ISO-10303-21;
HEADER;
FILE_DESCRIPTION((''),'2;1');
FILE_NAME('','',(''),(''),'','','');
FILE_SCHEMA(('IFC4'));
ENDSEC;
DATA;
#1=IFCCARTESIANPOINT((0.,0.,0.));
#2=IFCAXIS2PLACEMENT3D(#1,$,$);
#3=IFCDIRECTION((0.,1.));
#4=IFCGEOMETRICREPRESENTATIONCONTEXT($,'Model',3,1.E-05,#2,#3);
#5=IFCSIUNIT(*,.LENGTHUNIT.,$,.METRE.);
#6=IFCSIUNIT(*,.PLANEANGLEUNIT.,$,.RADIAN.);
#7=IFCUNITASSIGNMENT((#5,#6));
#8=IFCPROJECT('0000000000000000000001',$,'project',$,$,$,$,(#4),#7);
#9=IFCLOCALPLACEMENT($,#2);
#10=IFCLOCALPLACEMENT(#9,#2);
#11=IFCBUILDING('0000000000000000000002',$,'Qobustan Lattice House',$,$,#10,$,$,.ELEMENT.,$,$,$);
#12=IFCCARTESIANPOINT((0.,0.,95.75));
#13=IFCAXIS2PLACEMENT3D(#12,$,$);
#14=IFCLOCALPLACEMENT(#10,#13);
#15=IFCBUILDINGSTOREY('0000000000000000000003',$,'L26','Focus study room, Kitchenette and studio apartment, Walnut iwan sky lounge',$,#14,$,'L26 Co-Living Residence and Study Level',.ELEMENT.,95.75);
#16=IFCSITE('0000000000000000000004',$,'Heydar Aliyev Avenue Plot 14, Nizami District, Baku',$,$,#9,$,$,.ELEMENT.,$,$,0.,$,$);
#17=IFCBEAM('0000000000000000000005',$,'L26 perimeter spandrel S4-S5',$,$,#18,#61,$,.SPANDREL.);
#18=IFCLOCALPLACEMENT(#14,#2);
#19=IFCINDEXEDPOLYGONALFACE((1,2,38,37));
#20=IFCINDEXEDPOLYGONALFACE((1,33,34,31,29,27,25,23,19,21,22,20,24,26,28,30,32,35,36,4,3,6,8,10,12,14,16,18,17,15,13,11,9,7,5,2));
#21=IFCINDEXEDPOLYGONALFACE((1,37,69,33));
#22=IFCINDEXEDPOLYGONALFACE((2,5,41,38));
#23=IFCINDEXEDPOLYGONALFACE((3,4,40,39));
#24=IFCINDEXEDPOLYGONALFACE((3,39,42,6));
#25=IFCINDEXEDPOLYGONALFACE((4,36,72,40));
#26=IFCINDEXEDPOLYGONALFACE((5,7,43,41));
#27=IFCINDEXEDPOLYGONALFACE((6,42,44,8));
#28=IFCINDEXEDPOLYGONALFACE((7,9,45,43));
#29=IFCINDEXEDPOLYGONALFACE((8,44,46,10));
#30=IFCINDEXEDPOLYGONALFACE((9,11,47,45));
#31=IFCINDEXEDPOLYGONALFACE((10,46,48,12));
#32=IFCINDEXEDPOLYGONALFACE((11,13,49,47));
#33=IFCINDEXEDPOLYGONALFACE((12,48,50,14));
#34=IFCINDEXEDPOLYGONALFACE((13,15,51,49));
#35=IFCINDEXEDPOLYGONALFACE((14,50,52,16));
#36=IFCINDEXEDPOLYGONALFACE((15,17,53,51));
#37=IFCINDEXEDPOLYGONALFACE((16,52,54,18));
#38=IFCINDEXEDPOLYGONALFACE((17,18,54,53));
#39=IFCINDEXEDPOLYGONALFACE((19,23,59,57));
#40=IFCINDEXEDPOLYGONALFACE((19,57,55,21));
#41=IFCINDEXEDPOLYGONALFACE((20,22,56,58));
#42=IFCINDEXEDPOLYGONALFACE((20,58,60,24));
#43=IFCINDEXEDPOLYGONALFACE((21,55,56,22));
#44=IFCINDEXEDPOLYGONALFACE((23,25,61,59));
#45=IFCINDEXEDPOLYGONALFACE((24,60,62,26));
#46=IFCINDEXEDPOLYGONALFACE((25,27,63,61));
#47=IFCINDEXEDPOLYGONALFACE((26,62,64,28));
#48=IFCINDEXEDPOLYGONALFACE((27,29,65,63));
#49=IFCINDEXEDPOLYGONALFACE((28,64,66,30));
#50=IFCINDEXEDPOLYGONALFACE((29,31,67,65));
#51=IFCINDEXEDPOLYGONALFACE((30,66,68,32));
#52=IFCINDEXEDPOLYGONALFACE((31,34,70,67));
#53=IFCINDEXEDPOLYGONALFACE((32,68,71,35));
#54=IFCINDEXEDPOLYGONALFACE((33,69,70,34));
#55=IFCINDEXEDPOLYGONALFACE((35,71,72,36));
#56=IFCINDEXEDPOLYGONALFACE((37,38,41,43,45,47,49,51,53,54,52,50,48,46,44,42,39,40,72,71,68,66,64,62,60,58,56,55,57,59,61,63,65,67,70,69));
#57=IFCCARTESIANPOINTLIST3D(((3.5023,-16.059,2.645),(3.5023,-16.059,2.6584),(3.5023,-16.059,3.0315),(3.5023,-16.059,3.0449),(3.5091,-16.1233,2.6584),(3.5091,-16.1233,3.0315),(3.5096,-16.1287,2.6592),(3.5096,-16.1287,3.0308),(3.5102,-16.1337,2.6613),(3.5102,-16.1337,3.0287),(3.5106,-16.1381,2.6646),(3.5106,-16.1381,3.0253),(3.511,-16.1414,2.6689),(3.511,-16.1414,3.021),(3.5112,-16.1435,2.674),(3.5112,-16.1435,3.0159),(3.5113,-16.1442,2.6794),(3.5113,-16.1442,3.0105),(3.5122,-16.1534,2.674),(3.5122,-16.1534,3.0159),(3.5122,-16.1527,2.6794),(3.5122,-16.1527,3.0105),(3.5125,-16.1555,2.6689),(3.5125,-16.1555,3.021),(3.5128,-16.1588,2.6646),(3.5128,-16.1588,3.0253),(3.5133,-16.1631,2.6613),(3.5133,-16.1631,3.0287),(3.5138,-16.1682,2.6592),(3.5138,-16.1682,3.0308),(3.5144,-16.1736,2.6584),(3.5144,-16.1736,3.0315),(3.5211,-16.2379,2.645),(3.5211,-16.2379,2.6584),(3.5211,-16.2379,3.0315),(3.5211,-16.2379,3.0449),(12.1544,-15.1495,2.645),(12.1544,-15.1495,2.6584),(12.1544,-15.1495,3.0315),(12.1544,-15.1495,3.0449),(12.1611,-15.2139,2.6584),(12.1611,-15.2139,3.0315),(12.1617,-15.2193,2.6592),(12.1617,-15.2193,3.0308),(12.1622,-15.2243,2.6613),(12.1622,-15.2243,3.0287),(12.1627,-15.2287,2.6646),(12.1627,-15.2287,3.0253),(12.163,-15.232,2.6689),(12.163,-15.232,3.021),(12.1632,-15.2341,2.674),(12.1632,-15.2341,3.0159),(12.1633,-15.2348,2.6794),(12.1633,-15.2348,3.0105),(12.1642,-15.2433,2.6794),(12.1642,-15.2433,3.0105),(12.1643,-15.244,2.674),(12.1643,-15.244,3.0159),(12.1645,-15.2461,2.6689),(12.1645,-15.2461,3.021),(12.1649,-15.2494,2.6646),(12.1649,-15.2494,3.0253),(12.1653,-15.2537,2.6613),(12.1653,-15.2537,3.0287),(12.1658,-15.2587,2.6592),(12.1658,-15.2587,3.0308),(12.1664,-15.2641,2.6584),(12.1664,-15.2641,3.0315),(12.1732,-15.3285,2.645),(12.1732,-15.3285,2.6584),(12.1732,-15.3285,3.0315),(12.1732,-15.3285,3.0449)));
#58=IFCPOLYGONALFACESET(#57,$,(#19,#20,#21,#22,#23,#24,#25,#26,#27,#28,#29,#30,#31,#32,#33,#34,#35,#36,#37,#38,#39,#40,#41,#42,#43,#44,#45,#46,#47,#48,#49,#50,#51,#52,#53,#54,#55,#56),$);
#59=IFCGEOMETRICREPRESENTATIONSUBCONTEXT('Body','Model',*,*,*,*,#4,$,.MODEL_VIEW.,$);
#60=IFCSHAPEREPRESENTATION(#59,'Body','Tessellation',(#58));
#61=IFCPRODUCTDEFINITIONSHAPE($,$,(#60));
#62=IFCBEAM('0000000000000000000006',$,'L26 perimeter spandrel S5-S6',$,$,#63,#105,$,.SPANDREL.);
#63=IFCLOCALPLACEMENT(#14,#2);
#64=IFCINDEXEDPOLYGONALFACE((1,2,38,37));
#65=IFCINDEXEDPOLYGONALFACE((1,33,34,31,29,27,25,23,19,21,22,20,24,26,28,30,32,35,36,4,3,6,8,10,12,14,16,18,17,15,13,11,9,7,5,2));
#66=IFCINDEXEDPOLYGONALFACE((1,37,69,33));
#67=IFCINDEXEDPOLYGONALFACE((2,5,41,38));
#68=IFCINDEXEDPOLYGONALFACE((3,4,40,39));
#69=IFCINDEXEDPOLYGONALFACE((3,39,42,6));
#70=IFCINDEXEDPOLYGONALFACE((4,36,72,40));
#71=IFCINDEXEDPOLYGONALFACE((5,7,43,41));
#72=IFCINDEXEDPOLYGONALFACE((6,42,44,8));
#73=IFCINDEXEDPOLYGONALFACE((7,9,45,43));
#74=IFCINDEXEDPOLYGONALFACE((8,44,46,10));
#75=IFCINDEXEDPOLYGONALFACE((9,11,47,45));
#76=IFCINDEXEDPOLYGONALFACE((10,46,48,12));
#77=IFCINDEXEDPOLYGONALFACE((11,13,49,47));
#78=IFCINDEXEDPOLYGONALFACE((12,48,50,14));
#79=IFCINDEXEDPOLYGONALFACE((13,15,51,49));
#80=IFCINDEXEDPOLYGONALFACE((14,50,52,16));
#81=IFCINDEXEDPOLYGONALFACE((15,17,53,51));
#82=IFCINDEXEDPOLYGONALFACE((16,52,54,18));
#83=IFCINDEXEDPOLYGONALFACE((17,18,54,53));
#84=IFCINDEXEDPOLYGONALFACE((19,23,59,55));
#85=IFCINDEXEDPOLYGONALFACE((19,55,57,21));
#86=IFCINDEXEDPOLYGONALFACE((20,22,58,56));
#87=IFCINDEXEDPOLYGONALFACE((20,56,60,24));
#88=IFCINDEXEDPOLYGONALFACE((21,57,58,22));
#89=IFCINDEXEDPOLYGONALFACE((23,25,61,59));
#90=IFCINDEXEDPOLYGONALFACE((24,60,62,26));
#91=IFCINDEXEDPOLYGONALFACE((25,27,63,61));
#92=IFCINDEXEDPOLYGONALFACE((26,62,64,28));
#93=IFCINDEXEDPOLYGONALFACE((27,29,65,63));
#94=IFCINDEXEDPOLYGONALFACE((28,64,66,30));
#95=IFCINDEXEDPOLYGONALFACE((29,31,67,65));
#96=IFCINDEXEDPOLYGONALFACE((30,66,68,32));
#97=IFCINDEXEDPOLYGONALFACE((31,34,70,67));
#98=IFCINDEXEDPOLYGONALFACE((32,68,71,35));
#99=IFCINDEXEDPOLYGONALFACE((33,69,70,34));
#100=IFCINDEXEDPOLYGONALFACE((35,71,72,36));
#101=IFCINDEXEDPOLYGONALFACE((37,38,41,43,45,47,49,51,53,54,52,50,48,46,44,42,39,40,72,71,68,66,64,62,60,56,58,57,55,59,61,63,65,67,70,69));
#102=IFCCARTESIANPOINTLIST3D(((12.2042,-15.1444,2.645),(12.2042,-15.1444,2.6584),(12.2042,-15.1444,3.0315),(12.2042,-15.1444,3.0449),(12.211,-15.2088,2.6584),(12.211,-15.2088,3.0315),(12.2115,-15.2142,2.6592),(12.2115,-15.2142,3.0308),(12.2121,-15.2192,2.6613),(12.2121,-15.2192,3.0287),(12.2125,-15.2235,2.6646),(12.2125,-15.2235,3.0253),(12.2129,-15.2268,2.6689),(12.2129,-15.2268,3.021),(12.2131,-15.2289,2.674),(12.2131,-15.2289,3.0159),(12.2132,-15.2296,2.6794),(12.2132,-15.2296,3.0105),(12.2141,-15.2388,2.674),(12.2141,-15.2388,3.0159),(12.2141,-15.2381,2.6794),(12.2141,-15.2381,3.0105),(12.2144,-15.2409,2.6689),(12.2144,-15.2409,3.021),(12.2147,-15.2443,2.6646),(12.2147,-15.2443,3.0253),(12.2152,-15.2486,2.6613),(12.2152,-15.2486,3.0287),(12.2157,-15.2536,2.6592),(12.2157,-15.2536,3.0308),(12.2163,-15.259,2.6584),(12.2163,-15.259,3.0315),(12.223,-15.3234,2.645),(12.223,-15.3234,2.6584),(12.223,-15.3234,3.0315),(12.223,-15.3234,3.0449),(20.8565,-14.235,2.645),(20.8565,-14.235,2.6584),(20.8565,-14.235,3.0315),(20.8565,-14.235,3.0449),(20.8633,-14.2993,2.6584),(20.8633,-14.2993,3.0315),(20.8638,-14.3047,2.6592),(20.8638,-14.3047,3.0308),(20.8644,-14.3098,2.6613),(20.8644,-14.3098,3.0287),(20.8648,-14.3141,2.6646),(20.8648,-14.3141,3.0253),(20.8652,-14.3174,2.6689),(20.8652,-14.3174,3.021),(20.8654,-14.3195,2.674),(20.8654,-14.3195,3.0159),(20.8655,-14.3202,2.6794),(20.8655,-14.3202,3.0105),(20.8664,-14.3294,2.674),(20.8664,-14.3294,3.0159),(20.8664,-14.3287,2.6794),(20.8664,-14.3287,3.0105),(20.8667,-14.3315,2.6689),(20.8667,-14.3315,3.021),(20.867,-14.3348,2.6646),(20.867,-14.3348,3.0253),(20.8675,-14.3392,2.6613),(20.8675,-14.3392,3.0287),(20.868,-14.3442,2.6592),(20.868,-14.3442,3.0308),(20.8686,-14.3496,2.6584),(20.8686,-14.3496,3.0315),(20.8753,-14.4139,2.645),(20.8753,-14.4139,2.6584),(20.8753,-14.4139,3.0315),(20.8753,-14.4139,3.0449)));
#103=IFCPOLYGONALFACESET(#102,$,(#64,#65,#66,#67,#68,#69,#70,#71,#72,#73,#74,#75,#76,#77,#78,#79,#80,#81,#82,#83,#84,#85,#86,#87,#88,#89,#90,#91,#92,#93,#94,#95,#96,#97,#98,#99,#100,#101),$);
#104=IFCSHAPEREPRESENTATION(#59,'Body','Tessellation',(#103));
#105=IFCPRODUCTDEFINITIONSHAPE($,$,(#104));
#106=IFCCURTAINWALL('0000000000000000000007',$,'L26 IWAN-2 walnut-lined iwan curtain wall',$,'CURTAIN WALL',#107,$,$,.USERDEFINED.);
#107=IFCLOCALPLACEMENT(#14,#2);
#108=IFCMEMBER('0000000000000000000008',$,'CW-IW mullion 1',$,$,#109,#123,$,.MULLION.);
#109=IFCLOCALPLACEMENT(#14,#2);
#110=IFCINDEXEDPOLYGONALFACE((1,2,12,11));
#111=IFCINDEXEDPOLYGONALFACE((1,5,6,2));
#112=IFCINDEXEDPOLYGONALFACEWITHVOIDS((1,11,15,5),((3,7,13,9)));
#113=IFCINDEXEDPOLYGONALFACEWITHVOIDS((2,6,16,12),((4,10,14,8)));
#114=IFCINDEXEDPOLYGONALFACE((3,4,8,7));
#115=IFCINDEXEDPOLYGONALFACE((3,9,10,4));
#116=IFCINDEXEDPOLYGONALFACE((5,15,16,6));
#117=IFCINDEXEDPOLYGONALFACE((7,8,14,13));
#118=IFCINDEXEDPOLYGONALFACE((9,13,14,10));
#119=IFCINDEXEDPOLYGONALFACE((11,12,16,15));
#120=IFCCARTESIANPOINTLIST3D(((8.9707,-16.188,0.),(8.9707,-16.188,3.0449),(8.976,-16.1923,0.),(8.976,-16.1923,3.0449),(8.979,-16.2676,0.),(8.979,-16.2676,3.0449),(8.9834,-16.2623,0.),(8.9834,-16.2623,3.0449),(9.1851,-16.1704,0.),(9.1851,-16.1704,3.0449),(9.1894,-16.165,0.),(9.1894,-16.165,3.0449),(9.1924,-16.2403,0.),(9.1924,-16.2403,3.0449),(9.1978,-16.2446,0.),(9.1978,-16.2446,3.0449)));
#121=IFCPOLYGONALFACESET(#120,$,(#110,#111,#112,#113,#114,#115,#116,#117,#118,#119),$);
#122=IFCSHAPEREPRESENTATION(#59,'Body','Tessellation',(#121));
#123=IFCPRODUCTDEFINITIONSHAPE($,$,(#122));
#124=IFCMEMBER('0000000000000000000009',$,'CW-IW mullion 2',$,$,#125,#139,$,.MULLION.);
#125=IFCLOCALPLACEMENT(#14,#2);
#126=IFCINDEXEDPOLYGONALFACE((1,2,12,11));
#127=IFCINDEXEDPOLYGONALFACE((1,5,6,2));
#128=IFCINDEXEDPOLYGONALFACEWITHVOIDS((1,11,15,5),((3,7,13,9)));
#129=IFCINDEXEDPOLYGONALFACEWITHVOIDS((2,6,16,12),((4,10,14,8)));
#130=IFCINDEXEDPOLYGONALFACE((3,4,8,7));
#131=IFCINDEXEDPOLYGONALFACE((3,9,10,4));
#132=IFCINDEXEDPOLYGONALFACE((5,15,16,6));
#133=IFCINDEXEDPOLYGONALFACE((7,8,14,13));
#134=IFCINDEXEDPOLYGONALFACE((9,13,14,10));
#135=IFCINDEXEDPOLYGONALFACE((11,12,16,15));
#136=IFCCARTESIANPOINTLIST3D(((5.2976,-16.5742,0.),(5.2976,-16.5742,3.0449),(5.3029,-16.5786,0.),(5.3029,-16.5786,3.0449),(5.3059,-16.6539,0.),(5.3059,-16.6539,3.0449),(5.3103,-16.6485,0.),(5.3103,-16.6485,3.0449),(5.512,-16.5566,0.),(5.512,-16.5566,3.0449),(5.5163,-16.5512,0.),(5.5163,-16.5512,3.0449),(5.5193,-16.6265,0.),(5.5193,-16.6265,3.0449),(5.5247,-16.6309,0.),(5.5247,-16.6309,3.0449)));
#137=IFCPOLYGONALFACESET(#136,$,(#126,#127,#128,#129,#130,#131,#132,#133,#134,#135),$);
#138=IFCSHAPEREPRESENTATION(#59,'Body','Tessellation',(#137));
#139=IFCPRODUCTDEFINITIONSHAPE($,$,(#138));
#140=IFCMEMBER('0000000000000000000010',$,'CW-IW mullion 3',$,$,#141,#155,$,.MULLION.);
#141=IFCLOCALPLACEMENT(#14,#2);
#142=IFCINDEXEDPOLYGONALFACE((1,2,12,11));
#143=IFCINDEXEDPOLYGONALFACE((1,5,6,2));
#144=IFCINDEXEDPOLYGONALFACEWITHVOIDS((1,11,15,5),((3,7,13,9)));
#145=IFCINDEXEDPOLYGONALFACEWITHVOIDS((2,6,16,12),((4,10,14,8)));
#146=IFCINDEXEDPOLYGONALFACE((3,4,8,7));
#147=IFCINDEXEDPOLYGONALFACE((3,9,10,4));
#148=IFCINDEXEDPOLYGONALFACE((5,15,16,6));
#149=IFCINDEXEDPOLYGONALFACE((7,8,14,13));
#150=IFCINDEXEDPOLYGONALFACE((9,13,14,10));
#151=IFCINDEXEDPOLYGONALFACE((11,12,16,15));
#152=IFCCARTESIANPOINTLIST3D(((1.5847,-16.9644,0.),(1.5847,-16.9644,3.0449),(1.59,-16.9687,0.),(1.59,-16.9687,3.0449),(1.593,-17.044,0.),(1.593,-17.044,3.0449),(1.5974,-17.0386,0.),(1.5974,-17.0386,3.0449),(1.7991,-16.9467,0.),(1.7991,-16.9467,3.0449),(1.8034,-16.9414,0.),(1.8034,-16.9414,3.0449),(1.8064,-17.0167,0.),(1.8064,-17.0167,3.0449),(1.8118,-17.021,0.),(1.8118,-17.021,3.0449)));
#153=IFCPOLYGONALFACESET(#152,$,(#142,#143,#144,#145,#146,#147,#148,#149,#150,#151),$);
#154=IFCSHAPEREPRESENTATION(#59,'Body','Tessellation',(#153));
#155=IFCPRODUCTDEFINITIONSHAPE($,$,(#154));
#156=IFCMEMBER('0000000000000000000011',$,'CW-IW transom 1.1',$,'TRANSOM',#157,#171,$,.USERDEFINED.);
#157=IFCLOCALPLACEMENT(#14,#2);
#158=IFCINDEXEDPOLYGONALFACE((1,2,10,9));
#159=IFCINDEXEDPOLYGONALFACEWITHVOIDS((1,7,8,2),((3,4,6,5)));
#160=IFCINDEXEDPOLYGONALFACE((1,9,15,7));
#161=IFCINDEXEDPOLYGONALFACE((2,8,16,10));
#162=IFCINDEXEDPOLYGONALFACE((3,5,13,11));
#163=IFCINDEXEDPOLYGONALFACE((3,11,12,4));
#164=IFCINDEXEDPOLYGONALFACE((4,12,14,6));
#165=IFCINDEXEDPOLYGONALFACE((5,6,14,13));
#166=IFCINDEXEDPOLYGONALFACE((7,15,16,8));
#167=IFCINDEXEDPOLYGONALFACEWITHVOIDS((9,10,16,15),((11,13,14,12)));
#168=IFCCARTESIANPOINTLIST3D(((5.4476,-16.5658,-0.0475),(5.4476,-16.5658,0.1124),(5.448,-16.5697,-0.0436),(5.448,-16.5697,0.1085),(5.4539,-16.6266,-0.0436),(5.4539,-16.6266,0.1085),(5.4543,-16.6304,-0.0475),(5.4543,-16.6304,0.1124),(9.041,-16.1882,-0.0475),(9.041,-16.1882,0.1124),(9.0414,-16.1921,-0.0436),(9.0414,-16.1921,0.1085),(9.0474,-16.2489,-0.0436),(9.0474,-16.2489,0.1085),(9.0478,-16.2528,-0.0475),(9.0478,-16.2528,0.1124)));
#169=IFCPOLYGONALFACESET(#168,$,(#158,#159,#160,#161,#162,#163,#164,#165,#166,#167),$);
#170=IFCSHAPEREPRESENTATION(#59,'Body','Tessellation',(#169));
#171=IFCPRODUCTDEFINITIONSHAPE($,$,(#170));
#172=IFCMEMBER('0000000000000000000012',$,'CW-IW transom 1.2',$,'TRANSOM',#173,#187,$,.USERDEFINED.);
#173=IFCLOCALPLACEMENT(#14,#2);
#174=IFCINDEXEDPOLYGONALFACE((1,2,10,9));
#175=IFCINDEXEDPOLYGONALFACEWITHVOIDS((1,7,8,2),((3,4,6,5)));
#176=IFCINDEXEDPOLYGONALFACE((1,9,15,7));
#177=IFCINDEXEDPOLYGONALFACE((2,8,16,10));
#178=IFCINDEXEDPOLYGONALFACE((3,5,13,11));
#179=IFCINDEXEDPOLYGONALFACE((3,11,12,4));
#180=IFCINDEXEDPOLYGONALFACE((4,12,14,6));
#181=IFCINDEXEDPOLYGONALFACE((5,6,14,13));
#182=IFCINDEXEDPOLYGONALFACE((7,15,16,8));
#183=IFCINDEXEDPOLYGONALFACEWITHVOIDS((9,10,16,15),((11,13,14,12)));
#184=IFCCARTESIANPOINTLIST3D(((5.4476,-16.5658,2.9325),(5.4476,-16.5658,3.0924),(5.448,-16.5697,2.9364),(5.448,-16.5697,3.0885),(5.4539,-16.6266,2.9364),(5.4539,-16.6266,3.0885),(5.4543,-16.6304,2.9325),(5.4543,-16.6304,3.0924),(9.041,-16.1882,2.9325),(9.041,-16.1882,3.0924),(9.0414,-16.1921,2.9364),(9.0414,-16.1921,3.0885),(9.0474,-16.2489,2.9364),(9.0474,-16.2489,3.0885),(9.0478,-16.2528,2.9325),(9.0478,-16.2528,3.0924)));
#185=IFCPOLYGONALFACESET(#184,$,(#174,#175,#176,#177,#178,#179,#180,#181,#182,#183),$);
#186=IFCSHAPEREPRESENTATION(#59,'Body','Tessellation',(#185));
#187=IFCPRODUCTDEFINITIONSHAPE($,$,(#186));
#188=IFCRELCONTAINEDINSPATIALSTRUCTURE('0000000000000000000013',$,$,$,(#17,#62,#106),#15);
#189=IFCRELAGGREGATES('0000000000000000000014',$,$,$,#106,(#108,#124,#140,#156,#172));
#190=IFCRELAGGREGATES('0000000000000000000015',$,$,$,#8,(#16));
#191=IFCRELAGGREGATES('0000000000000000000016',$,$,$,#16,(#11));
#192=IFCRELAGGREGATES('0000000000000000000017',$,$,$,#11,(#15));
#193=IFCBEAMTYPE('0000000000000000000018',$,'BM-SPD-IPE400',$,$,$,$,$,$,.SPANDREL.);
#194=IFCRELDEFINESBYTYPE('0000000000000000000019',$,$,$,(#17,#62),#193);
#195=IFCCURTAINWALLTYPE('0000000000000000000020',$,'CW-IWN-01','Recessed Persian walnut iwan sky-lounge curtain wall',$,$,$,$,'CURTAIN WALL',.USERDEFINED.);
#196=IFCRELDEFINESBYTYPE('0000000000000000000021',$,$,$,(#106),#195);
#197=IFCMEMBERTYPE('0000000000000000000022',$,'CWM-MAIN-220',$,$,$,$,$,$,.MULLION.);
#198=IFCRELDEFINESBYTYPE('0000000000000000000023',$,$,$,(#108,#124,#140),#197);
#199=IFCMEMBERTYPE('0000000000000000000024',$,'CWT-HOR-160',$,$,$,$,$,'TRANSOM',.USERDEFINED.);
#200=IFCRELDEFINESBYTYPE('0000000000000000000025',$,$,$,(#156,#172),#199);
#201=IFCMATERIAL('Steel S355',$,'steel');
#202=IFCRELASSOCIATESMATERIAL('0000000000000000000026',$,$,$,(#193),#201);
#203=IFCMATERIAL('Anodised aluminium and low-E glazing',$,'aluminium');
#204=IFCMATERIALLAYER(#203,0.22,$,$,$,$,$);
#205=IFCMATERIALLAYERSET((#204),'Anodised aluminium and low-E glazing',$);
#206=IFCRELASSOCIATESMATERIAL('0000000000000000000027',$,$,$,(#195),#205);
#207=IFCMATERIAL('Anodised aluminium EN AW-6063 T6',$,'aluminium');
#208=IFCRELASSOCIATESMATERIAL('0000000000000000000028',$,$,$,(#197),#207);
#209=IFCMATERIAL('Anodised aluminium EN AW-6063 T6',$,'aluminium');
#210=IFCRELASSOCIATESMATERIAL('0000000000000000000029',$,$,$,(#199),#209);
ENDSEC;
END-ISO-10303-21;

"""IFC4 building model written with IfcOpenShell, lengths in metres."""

from ifc_helpers import new_model, si_unit, direction, frame, origin, origin_2d, place, context, subcontext, project, spatial, hollow_rectangle, i_section, extrude, material, layer, layer_set, material_profile, profile_set, type_object, element, aggregate, save


model = new_model("IFC4")

# Units and contexts
model_context = context("Model", 3, precision=1e-05, world=origin(), true_north=direction((0.0, 1.0)))
body_context = subcontext(model_context, "Body", "Model", "MODEL_VIEW")
ifc_project = project(units=[si_unit("LENGTHUNIT", "METRE"), si_unit("PLANEANGLEUNIT", "RADIAN")], contexts=[model_context])

# Site, building, storey
site_placement = place(None, origin())
site = spatial("IfcSite", under=ifc_project, at=site_placement, Name="Heydar Aliyev Avenue Plot 14, Nizami District, Baku", CompositionType="ELEMENT", RefElevation=0.0)
building_placement = place(site_placement, origin())
building = spatial("IfcBuilding", under=site, at=building_placement, Name="Qobustan Lattice House", CompositionType="ELEMENT")
storey_placement = place(building_placement, frame((0.0, 0.0, 95.75)))
storey = spatial("IfcBuildingStorey", under=building, at=storey_placement, Name="L26", Description="Focus study room, Kitchenette and studio apartment, Walnut iwan sky lounge", LongName="L26 Co-Living Residence and Study Level", CompositionType="ELEMENT", Elevation=95.75)

# Beams
ifc_material_1 = material(Name="Steel S355", Category="steel")
ifc_material_profile_1 = material_profile(ifc_material_1, i_section(OverallWidth=0.1799, OverallDepth=0.3999, WebThickness=0.0085, FlangeThickness=0.0134, FilletRadius=0.021, at=origin_2d()), Name="IPE400")
ifc_profile_set_1 = profile_set([ifc_material_profile_1], Name="Steel S355")
beam_type_1 = type_object("IfcBeamType", Name="BM-SPD-IPE400", PredefinedType="SPANDREL", material=ifc_profile_set_1)
beam_1_placement = place(storey_placement, frame((3.5117, -16.1484, 2.845), z_axis=(0.994521, 0.104534, 0.0), x_axis=(-0.104534, 0.994521, 0.0)))
element("IfcBeam", 1, at=beam_1_placement, inside=storey, type_object=beam_type_1, Name="L26 perimeter spandrel S4-S5", PredefinedType="SPANDREL", context=body_context, shape_type="SweptSolid", body=[
    extrude(i_section(OverallWidth=0.1799, OverallDepth=0.3999, WebThickness=0.0085, FlangeThickness=0.0134, FilletRadius=0.021, at=origin_2d()), origin(), (0.0, 0.0, 1.0), 8.6997),
])
beam_2_placement = place(storey_placement, frame((12.2136, -15.2339, 2.845), z_axis=(0.994522, 0.104531, 0.0), x_axis=(-0.104531, 0.994522, 0.0)))
element("IfcBeam", 2, at=beam_2_placement, inside=storey, type_object=beam_type_1, Name="L26 perimeter spandrel S5-S6", PredefinedType="SPANDREL", context=body_context, shape_type="SweptSolid", body=[
    extrude(i_section(OverallWidth=0.1799, OverallDepth=0.3999, WebThickness=0.0085, FlangeThickness=0.0134, FilletRadius=0.021, at=origin_2d()), origin(), (0.0, 0.0, 1.0), 8.7),
])

# Curtain wall, members
ifc_material_2 = material(Name="Anodised aluminium and low-E glazing", Category="aluminium")
ifc_layer_1 = layer(ifc_material_2, 0.22)
ifc_layer_set_1 = layer_set([ifc_layer_1], Name="Anodised aluminium and low-E glazing")
curtain_wall_type = type_object("IfcCurtainWallType", Name="CW-IWN-01", Description="Recessed Persian walnut iwan sky-lounge curtain wall", ElementType="CURTAIN WALL", PredefinedType="USERDEFINED", material=ifc_layer_set_1)
curtain_wall_placement = place(storey_placement, origin())
curtain_wall = element("IfcCurtainWall", 3, at=curtain_wall_placement, inside=storey, type_object=curtain_wall_type, Name="L26 IWAN-2 walnut-lined iwan curtain wall", ObjectType="CURTAIN WALL", PredefinedType="USERDEFINED")
ifc_material_3 = material(Name="Anodised aluminium EN AW-6063 T6", Category="aluminium")
ifc_material_profile_2 = material_profile(ifc_material_3, hollow_rectangle(XDim=0.0801, YDim=0.22, WallThickness=0.0049, at=origin_2d()), Name="CWM-220x80")
ifc_profile_set_2 = profile_set([ifc_material_profile_2], Name="Anodised aluminium EN AW-6063 T6")
member_type_1 = type_object("IfcMemberType", Name="CWM-MAIN-220", PredefinedType="MULLION", material=ifc_profile_set_2)
member_1_placement = place(storey_placement, frame((9.0842, -16.2163, 0.0), z_axis=(0.0, 0.0, 1.0), x_axis=(0.104526, -0.994522, 0.0)))
member_1 = element("IfcMember", 4, at=member_1_placement, type_object=member_type_1, Name="CW-IW mullion 1", PredefinedType="MULLION", context=body_context, shape_type="SweptSolid", body=[
    extrude(hollow_rectangle(XDim=0.0801, YDim=0.22, WallThickness=0.0049, at=origin_2d()), origin(), (0.0, 0.0, 1.0), 3.0449),
])
member_2_placement = place(storey_placement, frame((5.4111, -16.6025, 0.0), z_axis=(0.0, 0.0, 1.0), x_axis=(0.104526, -0.994522, 0.0)))
member_2 = element("IfcMember", 5, at=member_2_placement, type_object=member_type_1, Name="CW-IW mullion 2", PredefinedType="MULLION", context=body_context, shape_type="SweptSolid", body=[
    extrude(hollow_rectangle(XDim=0.0801, YDim=0.22, WallThickness=0.0049, at=origin_2d()), origin(), (0.0, 0.0, 1.0), 3.0449),
])
member_3_placement = place(storey_placement, frame((1.6982, -16.9927, 0.0), z_axis=(0.0, 0.0, 1.0), x_axis=(0.104526, -0.994522, 0.0)))
member_3 = element("IfcMember", 6, at=member_3_placement, type_object=member_type_1, Name="CW-IW mullion 3", PredefinedType="MULLION", context=body_context, shape_type="SweptSolid", body=[
    extrude(hollow_rectangle(XDim=0.0801, YDim=0.22, WallThickness=0.0049, at=origin_2d()), origin(), (0.0, 0.0, 1.0), 3.0449),
])
ifc_material_4 = material(Name="Anodised aluminium EN AW-6063 T6", Category="aluminium")
ifc_material_profile_3 = material_profile(ifc_material_4, hollow_rectangle(XDim=0.0649, YDim=0.1599, WallThickness=0.0039, at=origin_2d()), Name="CWT-160x65")
ifc_profile_set_3 = profile_set([ifc_material_profile_3], Name="Anodised aluminium EN AW-6063 T6")
member_type_2 = type_object("IfcMemberType", Name="CWT-HOR-160", ElementType="TRANSOM", PredefinedType="USERDEFINED", material=ifc_profile_set_3)
member_4_placement = place(storey_placement, frame((9.0444, -16.2205, 0.0325), z_axis=(-0.994522, -0.104527, 0.0), x_axis=(0.104527, -0.994522, 0.0)))
member_4 = element("IfcMember", 7, at=member_4_placement, type_object=member_type_2, Name="CW-IW transom 1.1", ObjectType="TRANSOM", PredefinedType="USERDEFINED", context=body_context, shape_type="SweptSolid", body=[
    extrude(hollow_rectangle(XDim=0.0649, YDim=0.1599, WallThickness=0.0039, at=origin_2d()), origin(), (0.0, 0.0, 1.0), 3.6133),
])
member_5_placement = place(storey_placement, frame((9.0444, -16.2205, 3.0125), z_axis=(-0.994522, -0.104527, 0.0), x_axis=(0.104527, -0.994522, 0.0)))
member_5 = element("IfcMember", 8, at=member_5_placement, type_object=member_type_2, Name="CW-IW transom 1.2", ObjectType="TRANSOM", PredefinedType="USERDEFINED", context=body_context, shape_type="SweptSolid", body=[
    extrude(hollow_rectangle(XDim=0.0649, YDim=0.1599, WallThickness=0.0039, at=origin_2d()), origin(), (0.0, 0.0, 1.0), 3.6133),
])
aggregate(curtain_wall, [member_1, member_2, member_3, member_4, member_5])

save(model, "model.ifc")
